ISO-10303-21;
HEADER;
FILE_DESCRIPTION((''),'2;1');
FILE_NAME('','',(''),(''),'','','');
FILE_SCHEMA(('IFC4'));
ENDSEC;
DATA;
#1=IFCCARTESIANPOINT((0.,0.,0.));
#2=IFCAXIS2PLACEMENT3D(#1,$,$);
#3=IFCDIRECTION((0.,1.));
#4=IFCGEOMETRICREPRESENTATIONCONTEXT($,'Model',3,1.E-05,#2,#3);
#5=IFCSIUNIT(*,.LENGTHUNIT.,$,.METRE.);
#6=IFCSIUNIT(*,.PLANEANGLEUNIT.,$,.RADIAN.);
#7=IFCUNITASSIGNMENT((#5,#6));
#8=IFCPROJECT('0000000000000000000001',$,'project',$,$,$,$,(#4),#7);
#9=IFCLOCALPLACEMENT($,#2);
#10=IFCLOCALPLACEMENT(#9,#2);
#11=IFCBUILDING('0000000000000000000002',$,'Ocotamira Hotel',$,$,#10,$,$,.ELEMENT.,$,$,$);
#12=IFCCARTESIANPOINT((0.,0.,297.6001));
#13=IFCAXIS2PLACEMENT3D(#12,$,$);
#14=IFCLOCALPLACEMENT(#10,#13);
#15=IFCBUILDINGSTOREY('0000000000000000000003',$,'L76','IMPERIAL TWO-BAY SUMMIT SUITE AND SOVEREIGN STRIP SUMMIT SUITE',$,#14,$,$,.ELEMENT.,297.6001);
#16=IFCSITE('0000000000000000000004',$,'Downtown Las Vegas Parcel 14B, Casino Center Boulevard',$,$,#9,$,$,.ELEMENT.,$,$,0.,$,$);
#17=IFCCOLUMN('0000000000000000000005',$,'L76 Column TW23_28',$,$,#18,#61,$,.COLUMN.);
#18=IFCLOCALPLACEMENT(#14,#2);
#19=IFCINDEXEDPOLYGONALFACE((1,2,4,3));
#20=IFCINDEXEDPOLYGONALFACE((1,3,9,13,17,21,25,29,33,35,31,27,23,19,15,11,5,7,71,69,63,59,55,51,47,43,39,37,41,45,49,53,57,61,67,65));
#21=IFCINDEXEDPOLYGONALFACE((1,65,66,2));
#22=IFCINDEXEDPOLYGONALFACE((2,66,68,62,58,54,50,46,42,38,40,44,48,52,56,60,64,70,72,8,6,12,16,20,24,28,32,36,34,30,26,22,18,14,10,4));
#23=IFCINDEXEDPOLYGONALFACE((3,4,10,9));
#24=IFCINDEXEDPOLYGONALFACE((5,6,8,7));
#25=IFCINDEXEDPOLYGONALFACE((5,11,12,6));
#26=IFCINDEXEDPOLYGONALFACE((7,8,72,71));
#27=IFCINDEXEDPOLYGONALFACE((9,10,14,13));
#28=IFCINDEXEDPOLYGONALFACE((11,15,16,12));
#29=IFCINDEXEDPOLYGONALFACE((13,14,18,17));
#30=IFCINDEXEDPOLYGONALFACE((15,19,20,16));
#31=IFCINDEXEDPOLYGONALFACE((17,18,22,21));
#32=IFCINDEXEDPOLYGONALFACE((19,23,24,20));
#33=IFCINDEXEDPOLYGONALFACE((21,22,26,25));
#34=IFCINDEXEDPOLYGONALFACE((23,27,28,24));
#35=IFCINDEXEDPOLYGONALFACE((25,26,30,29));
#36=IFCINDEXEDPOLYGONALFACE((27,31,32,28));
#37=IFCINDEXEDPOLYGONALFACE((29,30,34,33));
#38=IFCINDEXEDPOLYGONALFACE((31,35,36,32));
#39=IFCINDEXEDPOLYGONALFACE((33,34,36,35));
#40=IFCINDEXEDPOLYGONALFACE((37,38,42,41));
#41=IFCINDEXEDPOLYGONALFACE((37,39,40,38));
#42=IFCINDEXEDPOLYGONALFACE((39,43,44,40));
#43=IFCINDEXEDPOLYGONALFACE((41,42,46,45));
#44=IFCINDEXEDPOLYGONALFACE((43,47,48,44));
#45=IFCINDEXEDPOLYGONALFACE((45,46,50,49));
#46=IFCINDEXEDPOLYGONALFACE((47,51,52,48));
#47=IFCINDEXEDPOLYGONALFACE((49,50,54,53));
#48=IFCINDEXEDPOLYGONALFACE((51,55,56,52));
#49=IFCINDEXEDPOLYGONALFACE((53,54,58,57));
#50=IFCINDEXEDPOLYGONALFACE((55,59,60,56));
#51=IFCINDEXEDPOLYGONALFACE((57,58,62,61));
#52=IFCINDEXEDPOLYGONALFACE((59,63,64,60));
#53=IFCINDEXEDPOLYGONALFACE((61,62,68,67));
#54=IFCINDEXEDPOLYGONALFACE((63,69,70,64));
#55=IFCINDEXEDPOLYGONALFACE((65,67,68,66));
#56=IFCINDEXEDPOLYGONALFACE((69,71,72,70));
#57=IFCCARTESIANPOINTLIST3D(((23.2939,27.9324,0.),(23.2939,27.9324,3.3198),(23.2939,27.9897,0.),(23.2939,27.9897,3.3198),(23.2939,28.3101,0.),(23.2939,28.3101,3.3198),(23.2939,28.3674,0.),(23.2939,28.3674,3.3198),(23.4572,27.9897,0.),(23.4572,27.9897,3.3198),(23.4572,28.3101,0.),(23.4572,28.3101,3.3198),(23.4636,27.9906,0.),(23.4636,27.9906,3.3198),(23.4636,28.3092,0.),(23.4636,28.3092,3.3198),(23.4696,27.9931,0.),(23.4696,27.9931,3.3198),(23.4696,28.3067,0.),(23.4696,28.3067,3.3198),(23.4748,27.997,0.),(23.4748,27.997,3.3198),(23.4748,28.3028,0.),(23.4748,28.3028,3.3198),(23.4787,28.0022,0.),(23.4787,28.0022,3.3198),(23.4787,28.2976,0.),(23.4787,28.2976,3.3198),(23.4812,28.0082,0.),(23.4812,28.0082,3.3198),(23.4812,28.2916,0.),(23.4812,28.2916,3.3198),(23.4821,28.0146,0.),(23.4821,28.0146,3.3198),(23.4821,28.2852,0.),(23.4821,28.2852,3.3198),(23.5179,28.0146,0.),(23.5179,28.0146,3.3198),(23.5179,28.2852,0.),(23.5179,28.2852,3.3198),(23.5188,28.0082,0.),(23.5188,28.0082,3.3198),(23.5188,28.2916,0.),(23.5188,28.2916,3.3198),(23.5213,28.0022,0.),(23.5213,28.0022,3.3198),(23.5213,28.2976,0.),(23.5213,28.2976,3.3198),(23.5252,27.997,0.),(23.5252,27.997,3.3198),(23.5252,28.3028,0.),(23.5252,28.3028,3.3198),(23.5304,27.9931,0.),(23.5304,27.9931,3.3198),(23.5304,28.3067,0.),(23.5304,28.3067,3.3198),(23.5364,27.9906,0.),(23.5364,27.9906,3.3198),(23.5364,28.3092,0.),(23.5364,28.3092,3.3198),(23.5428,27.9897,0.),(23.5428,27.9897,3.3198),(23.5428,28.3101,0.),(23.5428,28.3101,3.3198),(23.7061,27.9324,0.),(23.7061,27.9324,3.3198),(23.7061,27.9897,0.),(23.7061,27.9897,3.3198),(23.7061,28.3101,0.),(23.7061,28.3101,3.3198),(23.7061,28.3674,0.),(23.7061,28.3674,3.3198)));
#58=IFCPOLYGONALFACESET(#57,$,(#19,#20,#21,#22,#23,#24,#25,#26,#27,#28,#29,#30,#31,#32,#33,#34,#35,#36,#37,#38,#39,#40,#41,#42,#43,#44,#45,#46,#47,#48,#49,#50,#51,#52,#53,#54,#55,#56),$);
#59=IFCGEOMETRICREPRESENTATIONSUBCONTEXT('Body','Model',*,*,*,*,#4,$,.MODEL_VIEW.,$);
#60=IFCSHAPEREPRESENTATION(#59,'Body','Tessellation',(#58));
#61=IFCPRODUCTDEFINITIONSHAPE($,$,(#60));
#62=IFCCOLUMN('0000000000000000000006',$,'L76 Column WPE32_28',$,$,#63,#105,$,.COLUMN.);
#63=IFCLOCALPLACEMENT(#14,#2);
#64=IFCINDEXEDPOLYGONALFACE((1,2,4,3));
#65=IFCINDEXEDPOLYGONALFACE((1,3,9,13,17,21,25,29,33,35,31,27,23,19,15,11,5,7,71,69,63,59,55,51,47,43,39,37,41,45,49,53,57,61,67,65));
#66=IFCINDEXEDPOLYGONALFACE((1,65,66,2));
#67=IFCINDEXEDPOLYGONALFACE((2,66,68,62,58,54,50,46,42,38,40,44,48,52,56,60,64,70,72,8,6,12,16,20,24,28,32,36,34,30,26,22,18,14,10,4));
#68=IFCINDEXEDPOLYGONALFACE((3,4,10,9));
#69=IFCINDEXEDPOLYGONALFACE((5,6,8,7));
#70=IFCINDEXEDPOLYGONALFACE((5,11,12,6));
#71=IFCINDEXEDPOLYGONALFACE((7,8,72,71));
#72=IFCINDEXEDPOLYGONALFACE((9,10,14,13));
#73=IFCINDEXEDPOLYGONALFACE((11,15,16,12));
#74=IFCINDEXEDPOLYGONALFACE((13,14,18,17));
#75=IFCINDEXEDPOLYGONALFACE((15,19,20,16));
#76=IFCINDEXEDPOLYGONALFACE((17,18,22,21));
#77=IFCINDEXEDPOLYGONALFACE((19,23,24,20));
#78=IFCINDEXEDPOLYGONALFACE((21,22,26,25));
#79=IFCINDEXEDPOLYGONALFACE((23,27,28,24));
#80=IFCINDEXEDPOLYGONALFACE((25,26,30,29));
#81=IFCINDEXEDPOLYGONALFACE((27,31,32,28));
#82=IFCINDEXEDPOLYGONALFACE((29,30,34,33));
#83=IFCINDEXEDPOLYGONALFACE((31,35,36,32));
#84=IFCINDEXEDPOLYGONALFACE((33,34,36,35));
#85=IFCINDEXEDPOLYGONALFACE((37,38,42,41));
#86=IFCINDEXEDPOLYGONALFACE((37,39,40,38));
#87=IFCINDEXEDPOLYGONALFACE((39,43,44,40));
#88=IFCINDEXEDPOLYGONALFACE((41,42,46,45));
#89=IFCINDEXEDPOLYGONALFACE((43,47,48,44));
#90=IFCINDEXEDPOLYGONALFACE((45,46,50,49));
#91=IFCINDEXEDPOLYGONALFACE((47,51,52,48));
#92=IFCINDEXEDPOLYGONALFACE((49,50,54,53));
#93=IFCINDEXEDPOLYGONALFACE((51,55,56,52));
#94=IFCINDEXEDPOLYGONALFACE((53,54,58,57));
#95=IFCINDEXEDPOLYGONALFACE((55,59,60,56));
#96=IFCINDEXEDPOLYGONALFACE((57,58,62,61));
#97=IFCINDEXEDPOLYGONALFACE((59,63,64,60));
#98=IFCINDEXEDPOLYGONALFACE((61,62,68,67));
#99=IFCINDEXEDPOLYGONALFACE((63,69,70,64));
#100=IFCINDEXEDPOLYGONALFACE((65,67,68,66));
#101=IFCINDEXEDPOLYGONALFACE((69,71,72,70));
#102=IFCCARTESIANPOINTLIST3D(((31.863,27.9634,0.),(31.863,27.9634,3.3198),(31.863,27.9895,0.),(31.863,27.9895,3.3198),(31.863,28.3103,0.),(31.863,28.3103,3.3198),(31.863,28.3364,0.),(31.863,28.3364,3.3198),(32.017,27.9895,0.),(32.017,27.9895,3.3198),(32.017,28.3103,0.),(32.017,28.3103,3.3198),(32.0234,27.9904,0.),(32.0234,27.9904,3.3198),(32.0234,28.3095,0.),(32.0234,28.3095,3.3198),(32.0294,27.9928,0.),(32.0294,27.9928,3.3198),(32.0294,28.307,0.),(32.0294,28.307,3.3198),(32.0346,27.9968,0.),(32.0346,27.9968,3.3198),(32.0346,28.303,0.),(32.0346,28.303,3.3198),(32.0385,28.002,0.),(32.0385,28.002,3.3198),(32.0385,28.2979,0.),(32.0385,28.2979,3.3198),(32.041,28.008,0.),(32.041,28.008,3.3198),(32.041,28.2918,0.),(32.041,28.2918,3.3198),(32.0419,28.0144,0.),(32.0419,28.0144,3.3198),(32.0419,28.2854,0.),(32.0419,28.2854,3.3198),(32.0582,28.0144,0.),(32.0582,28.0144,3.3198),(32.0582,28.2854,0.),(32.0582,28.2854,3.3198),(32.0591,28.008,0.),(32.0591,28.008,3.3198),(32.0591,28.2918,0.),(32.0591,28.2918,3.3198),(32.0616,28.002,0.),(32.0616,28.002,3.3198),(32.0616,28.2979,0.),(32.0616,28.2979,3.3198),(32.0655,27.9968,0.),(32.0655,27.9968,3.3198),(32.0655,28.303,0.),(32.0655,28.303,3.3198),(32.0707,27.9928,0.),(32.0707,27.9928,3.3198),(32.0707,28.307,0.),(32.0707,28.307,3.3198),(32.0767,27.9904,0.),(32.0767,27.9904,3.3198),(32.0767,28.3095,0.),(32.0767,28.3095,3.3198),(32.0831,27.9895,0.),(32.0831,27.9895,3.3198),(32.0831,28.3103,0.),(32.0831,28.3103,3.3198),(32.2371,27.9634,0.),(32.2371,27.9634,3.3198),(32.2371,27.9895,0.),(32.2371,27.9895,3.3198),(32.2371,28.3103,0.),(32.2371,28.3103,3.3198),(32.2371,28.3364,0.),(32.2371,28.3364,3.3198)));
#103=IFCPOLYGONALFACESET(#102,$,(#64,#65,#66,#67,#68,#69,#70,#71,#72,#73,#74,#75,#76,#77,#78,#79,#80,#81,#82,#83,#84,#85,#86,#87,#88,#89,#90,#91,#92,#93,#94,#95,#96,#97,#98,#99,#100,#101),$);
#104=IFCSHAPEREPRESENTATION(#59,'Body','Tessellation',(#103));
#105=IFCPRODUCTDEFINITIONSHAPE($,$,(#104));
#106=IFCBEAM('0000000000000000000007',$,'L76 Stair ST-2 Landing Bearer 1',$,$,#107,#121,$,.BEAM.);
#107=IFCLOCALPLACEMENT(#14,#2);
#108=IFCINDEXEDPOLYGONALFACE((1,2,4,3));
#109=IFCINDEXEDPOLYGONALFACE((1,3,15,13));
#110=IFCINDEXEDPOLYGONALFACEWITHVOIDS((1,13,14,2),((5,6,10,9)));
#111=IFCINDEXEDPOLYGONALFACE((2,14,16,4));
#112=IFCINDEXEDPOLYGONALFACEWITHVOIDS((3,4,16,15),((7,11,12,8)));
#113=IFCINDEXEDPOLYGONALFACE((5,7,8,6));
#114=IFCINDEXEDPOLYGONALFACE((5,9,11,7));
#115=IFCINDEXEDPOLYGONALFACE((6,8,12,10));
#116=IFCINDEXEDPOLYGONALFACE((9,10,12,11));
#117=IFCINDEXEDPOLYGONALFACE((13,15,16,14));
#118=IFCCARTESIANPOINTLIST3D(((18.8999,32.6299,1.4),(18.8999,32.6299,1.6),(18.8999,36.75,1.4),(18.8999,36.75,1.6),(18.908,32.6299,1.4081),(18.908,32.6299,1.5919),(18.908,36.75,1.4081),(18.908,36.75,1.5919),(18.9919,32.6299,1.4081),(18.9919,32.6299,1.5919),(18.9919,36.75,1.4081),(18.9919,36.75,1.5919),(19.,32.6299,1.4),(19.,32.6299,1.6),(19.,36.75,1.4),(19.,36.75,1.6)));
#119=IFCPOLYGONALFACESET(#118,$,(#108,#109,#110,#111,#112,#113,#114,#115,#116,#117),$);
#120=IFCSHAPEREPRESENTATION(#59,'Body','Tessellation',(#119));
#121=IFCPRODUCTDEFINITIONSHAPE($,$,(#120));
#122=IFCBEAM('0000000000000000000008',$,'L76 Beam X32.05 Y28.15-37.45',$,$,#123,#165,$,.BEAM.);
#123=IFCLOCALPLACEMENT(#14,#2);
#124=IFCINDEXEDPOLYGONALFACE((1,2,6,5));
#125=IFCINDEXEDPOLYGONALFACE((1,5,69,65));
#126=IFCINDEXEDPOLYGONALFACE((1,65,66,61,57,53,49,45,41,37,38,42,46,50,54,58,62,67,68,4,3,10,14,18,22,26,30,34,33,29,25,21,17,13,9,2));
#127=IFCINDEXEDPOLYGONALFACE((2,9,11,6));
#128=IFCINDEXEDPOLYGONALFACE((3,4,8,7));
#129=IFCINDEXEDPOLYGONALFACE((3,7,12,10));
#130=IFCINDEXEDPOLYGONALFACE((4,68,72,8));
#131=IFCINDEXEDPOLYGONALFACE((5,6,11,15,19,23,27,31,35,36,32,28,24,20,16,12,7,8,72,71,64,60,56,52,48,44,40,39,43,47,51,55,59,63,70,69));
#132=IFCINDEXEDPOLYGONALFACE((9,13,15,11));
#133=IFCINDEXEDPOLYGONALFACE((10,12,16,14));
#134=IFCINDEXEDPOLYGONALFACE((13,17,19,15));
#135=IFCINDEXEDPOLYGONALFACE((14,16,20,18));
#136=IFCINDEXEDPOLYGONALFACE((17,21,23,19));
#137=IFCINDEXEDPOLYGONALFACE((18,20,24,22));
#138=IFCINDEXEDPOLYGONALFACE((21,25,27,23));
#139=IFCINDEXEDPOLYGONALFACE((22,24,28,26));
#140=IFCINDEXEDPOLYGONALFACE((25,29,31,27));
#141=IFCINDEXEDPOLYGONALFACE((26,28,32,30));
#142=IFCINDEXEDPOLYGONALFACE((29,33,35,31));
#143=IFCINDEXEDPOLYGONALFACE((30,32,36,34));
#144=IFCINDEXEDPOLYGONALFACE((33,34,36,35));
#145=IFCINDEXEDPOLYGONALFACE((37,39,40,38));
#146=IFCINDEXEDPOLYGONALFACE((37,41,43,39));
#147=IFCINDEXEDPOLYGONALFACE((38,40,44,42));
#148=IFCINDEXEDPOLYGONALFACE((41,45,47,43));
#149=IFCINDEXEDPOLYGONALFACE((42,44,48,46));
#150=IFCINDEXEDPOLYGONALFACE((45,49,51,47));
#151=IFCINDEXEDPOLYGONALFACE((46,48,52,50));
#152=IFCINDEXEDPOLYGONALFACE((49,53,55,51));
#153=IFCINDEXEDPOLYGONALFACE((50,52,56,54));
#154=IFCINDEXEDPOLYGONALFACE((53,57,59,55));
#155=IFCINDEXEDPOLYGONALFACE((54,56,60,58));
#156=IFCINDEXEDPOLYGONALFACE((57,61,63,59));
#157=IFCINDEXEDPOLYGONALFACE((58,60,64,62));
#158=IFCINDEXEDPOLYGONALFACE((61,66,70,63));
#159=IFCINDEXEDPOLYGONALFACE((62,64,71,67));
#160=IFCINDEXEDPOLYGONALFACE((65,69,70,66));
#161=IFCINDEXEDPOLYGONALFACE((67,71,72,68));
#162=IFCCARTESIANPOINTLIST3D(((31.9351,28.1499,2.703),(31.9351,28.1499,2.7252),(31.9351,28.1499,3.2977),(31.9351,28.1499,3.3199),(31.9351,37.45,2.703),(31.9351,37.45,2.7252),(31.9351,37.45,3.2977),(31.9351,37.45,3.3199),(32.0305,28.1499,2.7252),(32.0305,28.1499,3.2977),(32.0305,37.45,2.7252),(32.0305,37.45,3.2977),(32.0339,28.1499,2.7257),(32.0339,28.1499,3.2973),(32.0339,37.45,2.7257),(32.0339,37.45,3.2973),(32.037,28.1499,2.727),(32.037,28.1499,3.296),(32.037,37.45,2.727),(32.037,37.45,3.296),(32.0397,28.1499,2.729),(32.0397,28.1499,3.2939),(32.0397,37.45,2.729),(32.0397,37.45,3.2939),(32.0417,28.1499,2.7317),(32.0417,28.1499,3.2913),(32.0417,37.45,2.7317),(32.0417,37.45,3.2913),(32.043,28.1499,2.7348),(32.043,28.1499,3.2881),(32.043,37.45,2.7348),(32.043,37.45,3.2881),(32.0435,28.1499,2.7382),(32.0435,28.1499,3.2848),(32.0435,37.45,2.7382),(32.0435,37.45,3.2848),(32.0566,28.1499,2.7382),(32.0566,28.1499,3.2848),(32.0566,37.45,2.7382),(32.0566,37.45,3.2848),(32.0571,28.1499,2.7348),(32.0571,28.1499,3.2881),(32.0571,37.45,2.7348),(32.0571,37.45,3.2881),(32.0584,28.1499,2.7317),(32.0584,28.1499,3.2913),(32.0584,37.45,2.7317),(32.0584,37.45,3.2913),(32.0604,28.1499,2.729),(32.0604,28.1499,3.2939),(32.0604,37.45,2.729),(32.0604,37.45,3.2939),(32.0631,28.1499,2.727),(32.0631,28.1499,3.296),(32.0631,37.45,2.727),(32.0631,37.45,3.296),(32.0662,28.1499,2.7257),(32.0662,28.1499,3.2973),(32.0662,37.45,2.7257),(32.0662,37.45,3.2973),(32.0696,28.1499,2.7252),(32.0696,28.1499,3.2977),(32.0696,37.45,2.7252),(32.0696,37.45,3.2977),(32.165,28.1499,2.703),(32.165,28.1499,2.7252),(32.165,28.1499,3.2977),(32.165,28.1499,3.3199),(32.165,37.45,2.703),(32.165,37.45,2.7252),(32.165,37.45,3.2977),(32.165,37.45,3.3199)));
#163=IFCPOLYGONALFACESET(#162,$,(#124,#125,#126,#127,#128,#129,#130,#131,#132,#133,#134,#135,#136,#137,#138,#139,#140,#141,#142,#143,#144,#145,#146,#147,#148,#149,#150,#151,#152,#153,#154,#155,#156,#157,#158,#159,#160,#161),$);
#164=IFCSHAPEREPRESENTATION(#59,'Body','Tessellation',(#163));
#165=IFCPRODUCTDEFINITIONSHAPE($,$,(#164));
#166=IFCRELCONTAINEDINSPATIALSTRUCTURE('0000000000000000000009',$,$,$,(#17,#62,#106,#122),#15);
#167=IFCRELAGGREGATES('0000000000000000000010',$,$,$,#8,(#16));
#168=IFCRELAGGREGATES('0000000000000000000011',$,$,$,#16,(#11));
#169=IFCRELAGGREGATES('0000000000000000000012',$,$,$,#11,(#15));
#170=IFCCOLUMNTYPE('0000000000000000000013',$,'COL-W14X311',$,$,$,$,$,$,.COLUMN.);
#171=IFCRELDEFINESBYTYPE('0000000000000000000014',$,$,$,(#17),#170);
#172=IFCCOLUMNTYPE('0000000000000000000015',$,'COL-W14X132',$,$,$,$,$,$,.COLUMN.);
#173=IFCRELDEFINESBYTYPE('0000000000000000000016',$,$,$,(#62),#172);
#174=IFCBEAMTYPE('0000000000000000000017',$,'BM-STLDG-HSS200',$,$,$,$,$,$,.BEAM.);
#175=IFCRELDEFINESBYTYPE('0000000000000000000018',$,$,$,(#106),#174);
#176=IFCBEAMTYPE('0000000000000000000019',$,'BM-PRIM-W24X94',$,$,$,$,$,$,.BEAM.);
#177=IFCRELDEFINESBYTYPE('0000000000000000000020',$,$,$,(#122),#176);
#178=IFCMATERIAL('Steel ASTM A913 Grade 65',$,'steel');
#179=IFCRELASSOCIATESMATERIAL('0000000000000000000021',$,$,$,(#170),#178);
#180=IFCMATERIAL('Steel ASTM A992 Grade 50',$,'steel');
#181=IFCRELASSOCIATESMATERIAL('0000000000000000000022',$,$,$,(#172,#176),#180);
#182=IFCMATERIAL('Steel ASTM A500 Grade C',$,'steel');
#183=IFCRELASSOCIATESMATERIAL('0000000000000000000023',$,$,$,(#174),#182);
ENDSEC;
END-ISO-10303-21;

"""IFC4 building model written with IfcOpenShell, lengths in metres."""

from ifc_helpers import new_model, si_unit, direction, frame, origin, origin_2d, place, context, subcontext, project, spatial, hollow_rectangle, i_section, extrude, source, transform, mapped, material, material_profile, profile_set, type_object, element, save


model = new_model("IFC4")

# Units and contexts
model_context = context("Model", 3, precision=1e-05, world=origin(), true_north=direction((0.0, 1.0)))
body_context = subcontext(model_context, "Body", "Model", "MODEL_VIEW")
ifc_project = project(units=[si_unit("LENGTHUNIT", "METRE"), si_unit("PLANEANGLEUNIT", "RADIAN")], contexts=[model_context])

# Site, building, storey
site_placement = place(None, origin())
site = spatial("IfcSite", under=ifc_project, at=site_placement, Name="Downtown Las Vegas Parcel 14B, Casino Center Boulevard", CompositionType="ELEMENT", RefElevation=0.0)
building_placement = place(site_placement, origin())
building = spatial("IfcBuilding", under=site, at=building_placement, Name="Ocotamira Hotel", CompositionType="ELEMENT")
storey_placement = place(building_placement, frame((0.0, 0.0, 297.6001)))
storey = spatial("IfcBuildingStorey", under=building, at=storey_placement, Name="L76", Description="IMPERIAL TWO-BAY SUMMIT SUITE AND SOVEREIGN STRIP SUMMIT SUITE", CompositionType="ELEMENT", Elevation=297.6001)

# Columns
ifc_material_1 = material(Name="Steel ASTM A913 Grade 65", Category="steel")
ifc_material_profile_1 = material_profile(ifc_material_1, i_section(OverallWidth=0.4121, OverallDepth=0.4351, WebThickness=0.0359, FlangeThickness=0.0574, FilletRadius=0.0249, at=origin_2d()), Name="W14X311")
ifc_profile_set_1 = profile_set([ifc_material_profile_1], Name="Steel ASTM A913 Grade 65")
column_type_1 = type_object("IfcColumnType", Name="COL-W14X311", PredefinedType="COLUMN", material=ifc_profile_set_1)
shared_shape_1 = source(origin(), body_context, "Body", "SweptSolid", [
    extrude(i_section(OverallWidth=0.4121, OverallDepth=0.4351, WebThickness=0.0359, FlangeThickness=0.0574, FilletRadius=0.0249, at=origin_2d()), origin(), (0.0, 0.0, 1.0), 3.3198),
])
column_1_placement = place(storey_placement, frame((23.5, 28.1499, 0.0), z_axis=(0.0, 0.0, 1.0), x_axis=(1.0, 0.0, 0.0)))
element("IfcColumn", 1, at=column_1_placement, inside=storey, type_object=column_type_1, Name="L76 Column TW23_28", PredefinedType="COLUMN", context=body_context, shape_type="MappedRepresentation", body=[
    mapped(shared_shape_1, transform((0.0, 0.0, 0.0), scale=1.0)),
])
ifc_material_2 = material(Name="Steel ASTM A992 Grade 50", Category="steel")
ifc_material_profile_2 = material_profile(ifc_material_2, i_section(OverallWidth=0.374, OverallDepth=0.373, WebThickness=0.0164, FlangeThickness=0.0261, FilletRadius=0.0249, at=origin_2d()), Name="W14X132")
ifc_profile_set_2 = profile_set([ifc_material_profile_2], Name="Steel ASTM A992 Grade 50")
column_type_2 = type_object("IfcColumnType", Name="COL-W14X132", PredefinedType="COLUMN", material=ifc_profile_set_2)
shared_shape_2 = source(origin(), body_context, "Body", "SweptSolid", [
    extrude(i_section(OverallWidth=0.374, OverallDepth=0.373, WebThickness=0.0164, FlangeThickness=0.0261, FilletRadius=0.0249, at=origin_2d()), origin(), (0.0, 0.0, 1.0), 3.3198),
])
column_2_placement = place(storey_placement, frame((32.05, 28.1499, 0.0), z_axis=(0.0, 0.0, 1.0), x_axis=(1.0, 0.0, 0.0)))
element("IfcColumn", 2, at=column_2_placement, inside=storey, type_object=column_type_2, Name="L76 Column WPE32_28", PredefinedType="COLUMN", context=body_context, shape_type="MappedRepresentation", body=[
    mapped(shared_shape_2, transform((0.0, 0.0, 0.0), scale=1.0)),
])

# Beams
ifc_material_3 = material(Name="Steel ASTM A500 Grade C", Category="steel")
ifc_material_profile_3 = material_profile(ifc_material_3, hollow_rectangle(XDim=0.1001, YDim=0.2, WallThickness=0.0081, at=origin_2d()), Name="HSS200X100X8")
ifc_profile_set_3 = profile_set([ifc_material_profile_3], Name="Steel ASTM A500 Grade C")
beam_type_1 = type_object("IfcBeamType", Name="BM-STLDG-HSS200", PredefinedType="BEAM", material=ifc_profile_set_3)
shared_shape_3 = source(origin(), body_context, "Body", "SweptSolid", [
    extrude(hollow_rectangle(XDim=0.1001, YDim=0.2, WallThickness=0.0081, at=origin_2d()), origin(), (0.0, 0.0, 1.0), 4.1201),
])
beam_1_placement = place(storey_placement, frame((18.95, 32.6299, 1.5), z_axis=(0.0, 1.0, 0.0), x_axis=(-1.0, 0.0, 0.0)))
element("IfcBeam", 3, at=beam_1_placement, inside=storey, type_object=beam_type_1, Name="L76 Stair ST-2 Landing Bearer 1", PredefinedType="BEAM", context=body_context, shape_type="MappedRepresentation", body=[
    mapped(shared_shape_3, transform((0.0, 0.0, 0.0), scale=1.0)),
])
ifc_material_profile_4 = material_profile(ifc_material_2, i_section(OverallWidth=0.23, OverallDepth=0.6169, WebThickness=0.0132, FlangeThickness=0.0222, FilletRadius=0.0129, at=origin_2d()), Name="W24X94")
ifc_profile_set_4 = profile_set([ifc_material_profile_4], Name="Steel ASTM A992 Grade 50")
beam_type_2 = type_object("IfcBeamType", Name="BM-PRIM-W24X94", PredefinedType="BEAM", material=ifc_profile_set_4)
shared_shape_4 = source(origin(), body_context, "Body", "SweptSolid", [
    extrude(i_section(OverallWidth=0.23, OverallDepth=0.6169, WebThickness=0.0132, FlangeThickness=0.0222, FilletRadius=0.0129, at=origin_2d()), origin(), (0.0, 0.0, 1.0), 9.3),
])
beam_2_placement = place(storey_placement, frame((32.05, 28.1499, 3.0115), z_axis=(0.0, 1.0, 0.0), x_axis=(-1.0, 0.0, 0.0)))
element("IfcBeam", 4, at=beam_2_placement, inside=storey, type_object=beam_type_2, Name="L76 Beam X32.05 Y28.15-37.45", PredefinedType="BEAM", context=body_context, shape_type="MappedRepresentation", body=[
    mapped(shared_shape_4, transform((0.0, 0.0, 0.0), scale=1.0)),
])

save(model, "model.ifc")
